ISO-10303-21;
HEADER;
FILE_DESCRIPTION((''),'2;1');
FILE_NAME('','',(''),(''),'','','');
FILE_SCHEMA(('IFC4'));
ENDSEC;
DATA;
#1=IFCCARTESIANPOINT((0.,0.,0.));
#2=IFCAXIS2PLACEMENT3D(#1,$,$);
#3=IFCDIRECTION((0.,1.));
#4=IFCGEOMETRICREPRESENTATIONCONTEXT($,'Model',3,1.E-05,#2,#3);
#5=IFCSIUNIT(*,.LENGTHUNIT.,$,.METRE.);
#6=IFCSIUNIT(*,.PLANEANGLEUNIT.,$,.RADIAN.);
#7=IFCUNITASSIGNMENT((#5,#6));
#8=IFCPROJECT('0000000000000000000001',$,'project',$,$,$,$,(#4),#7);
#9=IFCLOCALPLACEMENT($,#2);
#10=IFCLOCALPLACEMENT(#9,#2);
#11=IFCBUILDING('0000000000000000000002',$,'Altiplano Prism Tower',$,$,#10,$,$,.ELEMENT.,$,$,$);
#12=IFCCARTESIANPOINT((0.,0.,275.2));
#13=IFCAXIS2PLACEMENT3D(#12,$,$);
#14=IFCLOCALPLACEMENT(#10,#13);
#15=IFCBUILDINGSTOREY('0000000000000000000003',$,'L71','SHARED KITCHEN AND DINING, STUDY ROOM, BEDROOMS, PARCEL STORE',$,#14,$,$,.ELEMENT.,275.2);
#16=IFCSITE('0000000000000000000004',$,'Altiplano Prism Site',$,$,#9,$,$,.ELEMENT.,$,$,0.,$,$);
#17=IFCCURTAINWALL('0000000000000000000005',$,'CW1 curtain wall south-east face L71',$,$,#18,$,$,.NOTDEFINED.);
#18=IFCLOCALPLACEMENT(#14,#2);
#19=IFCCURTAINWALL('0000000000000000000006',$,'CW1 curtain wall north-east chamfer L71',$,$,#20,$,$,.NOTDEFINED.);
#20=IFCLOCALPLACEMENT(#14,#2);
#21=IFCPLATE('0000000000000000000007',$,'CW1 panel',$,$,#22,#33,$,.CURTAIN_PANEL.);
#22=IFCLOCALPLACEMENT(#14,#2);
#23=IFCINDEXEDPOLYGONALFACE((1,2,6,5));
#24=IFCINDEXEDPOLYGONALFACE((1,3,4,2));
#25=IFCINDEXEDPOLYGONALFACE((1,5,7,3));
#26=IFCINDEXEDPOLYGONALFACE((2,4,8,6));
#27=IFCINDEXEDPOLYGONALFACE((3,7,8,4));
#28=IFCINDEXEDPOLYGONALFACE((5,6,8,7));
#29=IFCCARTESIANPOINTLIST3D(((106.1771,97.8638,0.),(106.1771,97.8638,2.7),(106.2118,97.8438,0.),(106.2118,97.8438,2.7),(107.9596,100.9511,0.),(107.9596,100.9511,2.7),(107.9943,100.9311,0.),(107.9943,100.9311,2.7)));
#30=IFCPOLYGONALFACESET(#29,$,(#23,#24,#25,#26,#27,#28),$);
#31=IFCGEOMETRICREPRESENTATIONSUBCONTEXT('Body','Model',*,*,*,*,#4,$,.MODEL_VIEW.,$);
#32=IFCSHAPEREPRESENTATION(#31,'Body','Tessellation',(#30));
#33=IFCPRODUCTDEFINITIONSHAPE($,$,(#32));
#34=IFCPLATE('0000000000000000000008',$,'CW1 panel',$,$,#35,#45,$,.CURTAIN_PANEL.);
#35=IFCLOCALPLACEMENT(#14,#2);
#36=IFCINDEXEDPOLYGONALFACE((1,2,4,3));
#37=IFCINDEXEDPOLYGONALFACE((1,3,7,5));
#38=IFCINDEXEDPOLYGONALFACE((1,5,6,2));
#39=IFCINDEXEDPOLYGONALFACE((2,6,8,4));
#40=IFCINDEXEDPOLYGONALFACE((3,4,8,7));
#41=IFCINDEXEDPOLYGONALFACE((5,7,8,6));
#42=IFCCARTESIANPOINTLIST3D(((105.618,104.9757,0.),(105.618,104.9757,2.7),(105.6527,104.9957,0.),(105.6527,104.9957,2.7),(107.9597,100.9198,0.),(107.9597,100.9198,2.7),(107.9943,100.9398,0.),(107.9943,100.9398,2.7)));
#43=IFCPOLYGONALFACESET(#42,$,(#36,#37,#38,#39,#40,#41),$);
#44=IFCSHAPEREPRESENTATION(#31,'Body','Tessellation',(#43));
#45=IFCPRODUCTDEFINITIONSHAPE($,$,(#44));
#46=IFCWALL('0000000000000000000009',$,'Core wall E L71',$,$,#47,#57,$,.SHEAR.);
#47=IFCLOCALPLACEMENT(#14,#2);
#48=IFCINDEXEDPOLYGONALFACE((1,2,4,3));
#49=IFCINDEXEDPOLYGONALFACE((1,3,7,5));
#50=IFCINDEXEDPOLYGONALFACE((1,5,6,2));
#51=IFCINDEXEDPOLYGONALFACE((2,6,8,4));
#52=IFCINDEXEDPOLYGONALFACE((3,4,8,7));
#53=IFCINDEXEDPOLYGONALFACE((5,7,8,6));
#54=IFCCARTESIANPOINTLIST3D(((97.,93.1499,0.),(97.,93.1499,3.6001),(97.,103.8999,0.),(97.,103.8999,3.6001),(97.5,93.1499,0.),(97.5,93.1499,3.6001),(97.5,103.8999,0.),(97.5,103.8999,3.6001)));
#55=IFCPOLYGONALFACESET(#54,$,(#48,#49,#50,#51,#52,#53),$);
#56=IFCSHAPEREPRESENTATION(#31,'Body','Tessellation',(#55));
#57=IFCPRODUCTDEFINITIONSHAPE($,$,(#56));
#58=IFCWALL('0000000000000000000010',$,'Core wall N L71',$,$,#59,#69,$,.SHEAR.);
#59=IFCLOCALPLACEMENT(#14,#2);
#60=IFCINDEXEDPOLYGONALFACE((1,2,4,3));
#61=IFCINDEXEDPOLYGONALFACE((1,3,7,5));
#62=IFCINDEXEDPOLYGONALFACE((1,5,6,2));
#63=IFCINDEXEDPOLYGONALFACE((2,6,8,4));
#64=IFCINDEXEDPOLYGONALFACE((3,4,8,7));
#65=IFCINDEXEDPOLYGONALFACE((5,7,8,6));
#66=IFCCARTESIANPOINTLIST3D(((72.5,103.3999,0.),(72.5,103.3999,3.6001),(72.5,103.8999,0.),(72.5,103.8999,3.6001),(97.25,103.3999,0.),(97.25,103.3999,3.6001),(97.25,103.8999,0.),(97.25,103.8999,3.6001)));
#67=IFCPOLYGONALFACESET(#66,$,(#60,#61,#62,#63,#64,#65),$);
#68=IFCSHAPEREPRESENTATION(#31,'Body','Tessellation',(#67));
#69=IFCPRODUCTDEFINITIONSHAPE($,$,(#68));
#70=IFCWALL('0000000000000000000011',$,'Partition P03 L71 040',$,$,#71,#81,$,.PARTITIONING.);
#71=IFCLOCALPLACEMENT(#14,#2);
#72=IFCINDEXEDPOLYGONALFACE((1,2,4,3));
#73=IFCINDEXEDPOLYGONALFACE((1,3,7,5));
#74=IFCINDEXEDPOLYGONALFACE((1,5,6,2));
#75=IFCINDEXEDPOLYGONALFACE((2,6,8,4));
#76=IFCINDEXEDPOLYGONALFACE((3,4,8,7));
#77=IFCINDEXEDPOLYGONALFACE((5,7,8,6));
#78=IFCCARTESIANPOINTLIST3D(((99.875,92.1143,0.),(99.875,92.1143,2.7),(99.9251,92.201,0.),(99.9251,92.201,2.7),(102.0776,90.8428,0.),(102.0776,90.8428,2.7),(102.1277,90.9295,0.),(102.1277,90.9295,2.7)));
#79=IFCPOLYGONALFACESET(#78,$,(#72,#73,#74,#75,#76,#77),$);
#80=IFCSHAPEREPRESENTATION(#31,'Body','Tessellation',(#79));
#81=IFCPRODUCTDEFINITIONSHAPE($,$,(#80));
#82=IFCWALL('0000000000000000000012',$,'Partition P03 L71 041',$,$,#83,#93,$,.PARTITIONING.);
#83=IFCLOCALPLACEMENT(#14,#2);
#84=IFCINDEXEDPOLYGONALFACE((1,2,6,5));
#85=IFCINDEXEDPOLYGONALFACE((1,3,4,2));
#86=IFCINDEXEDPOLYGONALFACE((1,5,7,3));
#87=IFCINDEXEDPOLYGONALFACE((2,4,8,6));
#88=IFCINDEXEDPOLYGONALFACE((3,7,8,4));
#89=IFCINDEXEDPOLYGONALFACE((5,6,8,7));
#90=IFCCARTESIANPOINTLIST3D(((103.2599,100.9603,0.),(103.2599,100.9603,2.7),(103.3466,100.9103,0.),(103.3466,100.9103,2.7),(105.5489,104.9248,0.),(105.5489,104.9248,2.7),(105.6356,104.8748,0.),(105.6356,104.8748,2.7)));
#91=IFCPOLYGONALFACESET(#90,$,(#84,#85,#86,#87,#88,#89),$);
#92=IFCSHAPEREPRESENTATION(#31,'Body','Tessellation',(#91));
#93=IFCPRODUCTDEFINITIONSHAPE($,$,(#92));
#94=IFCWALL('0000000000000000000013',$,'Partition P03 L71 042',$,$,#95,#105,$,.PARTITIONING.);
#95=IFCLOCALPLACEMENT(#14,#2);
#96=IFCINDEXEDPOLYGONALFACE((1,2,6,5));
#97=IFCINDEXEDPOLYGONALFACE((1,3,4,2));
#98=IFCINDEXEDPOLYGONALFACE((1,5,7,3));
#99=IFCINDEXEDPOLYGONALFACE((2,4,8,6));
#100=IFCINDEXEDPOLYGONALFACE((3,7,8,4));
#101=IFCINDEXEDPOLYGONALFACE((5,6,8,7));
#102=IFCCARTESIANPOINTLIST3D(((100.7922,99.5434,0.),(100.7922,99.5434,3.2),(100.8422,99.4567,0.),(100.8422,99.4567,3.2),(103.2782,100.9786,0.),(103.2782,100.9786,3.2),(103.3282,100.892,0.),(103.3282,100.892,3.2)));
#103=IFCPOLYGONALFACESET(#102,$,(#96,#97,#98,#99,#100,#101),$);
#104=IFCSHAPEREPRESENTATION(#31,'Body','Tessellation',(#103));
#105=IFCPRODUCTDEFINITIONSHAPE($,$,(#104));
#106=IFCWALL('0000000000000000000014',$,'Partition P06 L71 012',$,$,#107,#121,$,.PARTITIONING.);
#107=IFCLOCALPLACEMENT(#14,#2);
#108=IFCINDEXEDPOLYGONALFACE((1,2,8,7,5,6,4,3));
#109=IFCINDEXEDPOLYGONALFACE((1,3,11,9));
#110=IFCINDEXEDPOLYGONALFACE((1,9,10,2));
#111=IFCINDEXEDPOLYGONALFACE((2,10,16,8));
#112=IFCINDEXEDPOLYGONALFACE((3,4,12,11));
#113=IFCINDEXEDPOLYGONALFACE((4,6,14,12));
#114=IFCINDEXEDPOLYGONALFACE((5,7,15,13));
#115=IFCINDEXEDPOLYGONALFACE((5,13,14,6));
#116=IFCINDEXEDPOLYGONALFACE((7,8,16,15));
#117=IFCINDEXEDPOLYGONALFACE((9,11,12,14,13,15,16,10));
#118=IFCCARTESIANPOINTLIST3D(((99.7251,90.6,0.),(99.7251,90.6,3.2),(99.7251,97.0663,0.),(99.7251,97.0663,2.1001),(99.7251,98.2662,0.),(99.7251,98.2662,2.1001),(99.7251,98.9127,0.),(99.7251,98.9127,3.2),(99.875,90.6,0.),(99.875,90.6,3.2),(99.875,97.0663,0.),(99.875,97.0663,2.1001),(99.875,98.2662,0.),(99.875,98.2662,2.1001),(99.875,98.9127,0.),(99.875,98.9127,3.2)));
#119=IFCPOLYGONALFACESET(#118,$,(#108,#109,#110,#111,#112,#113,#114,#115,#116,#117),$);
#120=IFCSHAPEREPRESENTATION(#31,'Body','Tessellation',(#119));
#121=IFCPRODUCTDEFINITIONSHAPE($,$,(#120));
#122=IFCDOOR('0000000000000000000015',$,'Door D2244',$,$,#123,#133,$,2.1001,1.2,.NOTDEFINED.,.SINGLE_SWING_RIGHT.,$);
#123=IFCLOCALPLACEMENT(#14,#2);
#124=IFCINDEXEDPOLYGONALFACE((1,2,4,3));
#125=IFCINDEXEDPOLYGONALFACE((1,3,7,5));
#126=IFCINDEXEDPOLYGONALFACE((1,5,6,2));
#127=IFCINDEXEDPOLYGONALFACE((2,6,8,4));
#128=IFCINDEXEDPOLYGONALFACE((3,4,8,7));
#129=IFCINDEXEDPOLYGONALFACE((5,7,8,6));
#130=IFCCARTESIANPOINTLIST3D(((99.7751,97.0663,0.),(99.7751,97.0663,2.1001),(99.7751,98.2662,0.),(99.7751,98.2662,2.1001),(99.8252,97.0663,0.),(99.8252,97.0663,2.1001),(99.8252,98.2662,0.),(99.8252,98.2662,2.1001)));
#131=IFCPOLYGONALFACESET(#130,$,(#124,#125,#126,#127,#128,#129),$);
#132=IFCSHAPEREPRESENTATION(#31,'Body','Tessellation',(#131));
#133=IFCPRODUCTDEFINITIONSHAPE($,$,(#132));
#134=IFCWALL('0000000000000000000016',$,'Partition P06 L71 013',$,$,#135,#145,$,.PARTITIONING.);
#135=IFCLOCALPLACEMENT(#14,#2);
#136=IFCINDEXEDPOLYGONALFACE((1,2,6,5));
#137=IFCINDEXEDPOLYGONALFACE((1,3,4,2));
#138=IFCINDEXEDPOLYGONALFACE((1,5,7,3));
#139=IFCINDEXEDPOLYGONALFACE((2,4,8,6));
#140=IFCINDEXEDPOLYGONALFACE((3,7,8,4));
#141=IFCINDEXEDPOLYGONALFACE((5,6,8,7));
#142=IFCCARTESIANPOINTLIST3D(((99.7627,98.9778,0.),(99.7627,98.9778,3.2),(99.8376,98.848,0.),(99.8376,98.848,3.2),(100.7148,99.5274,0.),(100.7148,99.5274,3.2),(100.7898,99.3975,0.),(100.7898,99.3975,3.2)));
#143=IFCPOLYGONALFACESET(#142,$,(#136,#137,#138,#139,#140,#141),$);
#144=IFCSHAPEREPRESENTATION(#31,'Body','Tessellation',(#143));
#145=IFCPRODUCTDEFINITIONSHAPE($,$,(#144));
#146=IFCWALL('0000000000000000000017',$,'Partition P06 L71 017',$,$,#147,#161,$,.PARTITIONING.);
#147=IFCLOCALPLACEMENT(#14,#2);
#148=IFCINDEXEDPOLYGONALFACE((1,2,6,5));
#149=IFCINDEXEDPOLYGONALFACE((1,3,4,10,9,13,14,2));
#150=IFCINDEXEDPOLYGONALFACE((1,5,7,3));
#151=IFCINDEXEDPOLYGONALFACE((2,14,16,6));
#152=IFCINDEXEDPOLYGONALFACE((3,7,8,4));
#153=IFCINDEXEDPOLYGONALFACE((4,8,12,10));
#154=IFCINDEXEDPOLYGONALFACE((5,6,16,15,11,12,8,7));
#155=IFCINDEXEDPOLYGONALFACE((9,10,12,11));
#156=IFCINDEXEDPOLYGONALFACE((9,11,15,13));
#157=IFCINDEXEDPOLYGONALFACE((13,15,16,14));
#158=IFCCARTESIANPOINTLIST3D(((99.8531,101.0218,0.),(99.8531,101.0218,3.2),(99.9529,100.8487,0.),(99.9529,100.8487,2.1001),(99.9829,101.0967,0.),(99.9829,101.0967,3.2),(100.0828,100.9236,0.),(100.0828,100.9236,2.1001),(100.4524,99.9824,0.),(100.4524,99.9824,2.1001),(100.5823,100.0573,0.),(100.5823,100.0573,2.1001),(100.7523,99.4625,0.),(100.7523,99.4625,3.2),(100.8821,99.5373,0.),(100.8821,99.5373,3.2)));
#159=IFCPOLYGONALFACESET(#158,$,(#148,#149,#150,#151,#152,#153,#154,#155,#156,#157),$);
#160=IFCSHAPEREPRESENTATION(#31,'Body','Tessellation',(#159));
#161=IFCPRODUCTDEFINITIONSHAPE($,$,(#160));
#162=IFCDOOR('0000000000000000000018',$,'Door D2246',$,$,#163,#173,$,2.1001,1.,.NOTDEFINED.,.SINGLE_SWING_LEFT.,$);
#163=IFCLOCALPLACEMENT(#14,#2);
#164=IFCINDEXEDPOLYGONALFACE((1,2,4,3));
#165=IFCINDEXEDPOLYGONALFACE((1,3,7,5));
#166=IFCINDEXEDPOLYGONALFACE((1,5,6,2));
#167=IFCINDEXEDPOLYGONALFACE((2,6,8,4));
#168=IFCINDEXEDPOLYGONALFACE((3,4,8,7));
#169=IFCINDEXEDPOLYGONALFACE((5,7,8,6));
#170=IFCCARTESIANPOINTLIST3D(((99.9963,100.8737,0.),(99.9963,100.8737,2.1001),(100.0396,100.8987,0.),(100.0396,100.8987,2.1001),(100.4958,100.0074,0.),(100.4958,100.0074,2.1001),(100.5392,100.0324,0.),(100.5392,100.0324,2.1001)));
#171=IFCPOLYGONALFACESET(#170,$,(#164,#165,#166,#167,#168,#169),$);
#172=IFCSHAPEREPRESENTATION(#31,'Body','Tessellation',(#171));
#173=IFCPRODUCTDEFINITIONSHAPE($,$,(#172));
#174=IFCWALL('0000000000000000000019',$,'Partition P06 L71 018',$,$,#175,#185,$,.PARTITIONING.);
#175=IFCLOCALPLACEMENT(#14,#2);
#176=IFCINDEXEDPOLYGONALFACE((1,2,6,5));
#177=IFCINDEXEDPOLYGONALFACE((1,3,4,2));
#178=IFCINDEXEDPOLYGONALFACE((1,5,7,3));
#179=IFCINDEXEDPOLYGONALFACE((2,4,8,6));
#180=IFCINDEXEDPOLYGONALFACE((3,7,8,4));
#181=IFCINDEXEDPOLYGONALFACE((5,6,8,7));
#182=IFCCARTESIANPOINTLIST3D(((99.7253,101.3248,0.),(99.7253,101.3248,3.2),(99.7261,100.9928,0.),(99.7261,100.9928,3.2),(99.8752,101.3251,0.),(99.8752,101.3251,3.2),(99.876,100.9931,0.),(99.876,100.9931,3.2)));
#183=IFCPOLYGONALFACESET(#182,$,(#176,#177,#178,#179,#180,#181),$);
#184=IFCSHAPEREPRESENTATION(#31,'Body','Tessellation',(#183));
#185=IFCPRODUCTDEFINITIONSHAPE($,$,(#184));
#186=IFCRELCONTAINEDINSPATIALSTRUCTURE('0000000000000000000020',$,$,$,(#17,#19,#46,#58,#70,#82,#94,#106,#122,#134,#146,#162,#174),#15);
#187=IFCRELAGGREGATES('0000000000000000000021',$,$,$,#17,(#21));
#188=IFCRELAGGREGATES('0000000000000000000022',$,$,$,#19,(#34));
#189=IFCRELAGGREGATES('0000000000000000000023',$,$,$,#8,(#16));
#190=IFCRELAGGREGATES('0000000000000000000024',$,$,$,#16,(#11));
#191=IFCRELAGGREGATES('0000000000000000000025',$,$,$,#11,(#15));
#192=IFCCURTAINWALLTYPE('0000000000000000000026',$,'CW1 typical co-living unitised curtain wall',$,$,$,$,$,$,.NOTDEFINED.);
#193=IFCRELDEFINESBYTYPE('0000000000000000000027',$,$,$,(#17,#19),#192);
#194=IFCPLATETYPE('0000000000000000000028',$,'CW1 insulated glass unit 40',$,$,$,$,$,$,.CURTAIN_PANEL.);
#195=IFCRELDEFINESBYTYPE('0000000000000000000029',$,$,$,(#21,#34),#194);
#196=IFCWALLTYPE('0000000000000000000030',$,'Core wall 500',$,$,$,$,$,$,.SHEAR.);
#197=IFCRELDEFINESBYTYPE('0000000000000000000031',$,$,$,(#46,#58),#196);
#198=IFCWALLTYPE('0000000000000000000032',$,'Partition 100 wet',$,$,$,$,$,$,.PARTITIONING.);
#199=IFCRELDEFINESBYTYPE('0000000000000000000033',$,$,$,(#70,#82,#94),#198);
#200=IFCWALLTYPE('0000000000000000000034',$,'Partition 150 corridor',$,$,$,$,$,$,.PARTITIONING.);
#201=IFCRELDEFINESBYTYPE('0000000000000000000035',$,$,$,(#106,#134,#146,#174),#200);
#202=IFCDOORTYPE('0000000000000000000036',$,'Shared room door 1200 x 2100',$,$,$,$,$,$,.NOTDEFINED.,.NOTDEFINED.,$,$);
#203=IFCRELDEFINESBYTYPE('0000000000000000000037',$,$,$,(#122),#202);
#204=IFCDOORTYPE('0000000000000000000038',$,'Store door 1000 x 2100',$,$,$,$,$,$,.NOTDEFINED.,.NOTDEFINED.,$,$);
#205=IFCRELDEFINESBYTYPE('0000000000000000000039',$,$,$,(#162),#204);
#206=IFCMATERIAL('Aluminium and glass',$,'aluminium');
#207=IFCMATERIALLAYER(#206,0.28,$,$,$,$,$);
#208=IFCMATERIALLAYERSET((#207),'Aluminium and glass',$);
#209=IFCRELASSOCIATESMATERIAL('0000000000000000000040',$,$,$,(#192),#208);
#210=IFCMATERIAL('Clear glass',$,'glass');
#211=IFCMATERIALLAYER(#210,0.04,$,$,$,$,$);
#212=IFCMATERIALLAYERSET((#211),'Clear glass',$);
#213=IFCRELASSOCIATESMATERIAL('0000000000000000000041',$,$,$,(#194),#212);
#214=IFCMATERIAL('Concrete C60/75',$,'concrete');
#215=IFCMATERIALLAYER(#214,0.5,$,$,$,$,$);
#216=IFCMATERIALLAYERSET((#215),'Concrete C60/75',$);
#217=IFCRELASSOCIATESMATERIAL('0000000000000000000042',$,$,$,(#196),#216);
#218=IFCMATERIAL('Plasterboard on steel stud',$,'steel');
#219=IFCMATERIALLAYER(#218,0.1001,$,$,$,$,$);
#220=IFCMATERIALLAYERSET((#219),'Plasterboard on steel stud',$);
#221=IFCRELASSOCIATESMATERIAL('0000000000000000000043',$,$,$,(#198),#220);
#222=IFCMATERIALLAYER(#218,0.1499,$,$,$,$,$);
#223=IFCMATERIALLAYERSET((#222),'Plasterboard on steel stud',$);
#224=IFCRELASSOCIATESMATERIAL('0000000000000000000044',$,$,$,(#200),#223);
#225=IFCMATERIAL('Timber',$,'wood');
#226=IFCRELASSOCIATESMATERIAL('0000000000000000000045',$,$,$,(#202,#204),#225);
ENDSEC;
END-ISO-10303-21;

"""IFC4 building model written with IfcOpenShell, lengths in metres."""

from ifc_helpers import new_model, si_unit, direction, frame, frame_2d, origin, origin_2d, place, context, subcontext, project, spatial, rectangle, extrude, material, layer, layer_set, type_object, element, fill, aggregate, save


model = new_model("IFC4")

# Units and contexts
model_context = context("Model", 3, precision=1e-05, world=origin(), true_north=direction((0.0, 1.0)))
body_context = subcontext(model_context, "Body", "Model", "MODEL_VIEW")
ifc_project = project(units=[si_unit("LENGTHUNIT", "METRE"), si_unit("PLANEANGLEUNIT", "RADIAN")], contexts=[model_context])

# Site, building, storey
site_placement = place(None, origin())
site = spatial("IfcSite", under=ifc_project, at=site_placement, Name="Altiplano Prism Site", CompositionType="ELEMENT", RefElevation=0.0)
building_placement = place(site_placement, origin())
building = spatial("IfcBuilding", under=site, at=building_placement, Name="Altiplano Prism Tower", CompositionType="ELEMENT")
storey_placement = place(building_placement, frame((0.0, 0.0, 275.2)))
storey = spatial("IfcBuildingStorey", under=building, at=storey_placement, Name="L71", Description="SHARED KITCHEN AND DINING, STUDY ROOM, BEDROOMS, PARCEL STORE", CompositionType="ELEMENT", Elevation=275.2)

# Shared definitions
ifc_material_1 = material(Name="Concrete C60/75", Category="concrete")

# Curtain wall
ifc_material_2 = material(Name="Aluminium and glass", Category="aluminium")
ifc_layer_1 = layer(ifc_material_2, 0.28)
ifc_layer_set_1 = layer_set([ifc_layer_1], Name="Aluminium and glass")
curtain_wall_type = type_object("IfcCurtainWallType", Name="CW1 typical co-living unitised curtain wall", PredefinedType="NOTDEFINED", material=ifc_layer_set_1)
curtain_wall_1_placement = place(storey_placement, origin())
curtain_wall_1 = element("IfcCurtainWall", 1, at=curtain_wall_1_placement, inside=storey, type_object=curtain_wall_type, Name="CW1 curtain wall south-east face L71", PredefinedType="NOTDEFINED")

# Curtain wall
curtain_wall_2_placement = place(storey_placement, origin())
curtain_wall_2 = element("IfcCurtainWall", 2, at=curtain_wall_2_placement, inside=storey, type_object=curtain_wall_type, Name="CW1 curtain wall north-east chamfer L71", PredefinedType="NOTDEFINED")

# Plates
ifc_material_3 = material(Name="Clear glass", Category="glass")
ifc_layer_2 = layer(ifc_material_3, 0.04)
ifc_layer_set_2 = layer_set([ifc_layer_2], Name="Clear glass")
plate_type = type_object("IfcPlateType", Name="CW1 insulated glass unit 40", PredefinedType="CURTAIN_PANEL", material=ifc_layer_set_2)
plate_1_placement = place(storey_placement, frame((107.0857, 99.3975, 0.0), z_axis=(0.0, 0.0, 1.0), x_axis=(0.5, 0.866025, 0.0)))
plate_1 = element("IfcPlate", 3, at=plate_1_placement, type_object=plate_type, Name="CW1 panel", PredefinedType="CURTAIN_PANEL", context=body_context, shape_type="SweptSolid", body=[
    extrude(rectangle(XDim=3.5649, YDim=0.04, at=origin_2d()), origin(), (0.0, 0.0, 1.0), 2.7),
])
aggregate(curtain_wall_1, [plate_1])
plate_2_placement = place(storey_placement, frame((106.8062, 102.9578, 0.0), z_axis=(0.0, 0.0, 1.0), x_axis=(-0.5, 0.866025, 0.0)))
plate_2 = element("IfcPlate", 4, at=plate_2_placement, type_object=plate_type, Name="CW1 panel", PredefinedType="CURTAIN_PANEL", context=body_context, shape_type="SweptSolid", body=[
    extrude(rectangle(XDim=4.6833, YDim=0.04, at=origin_2d()), origin(), (0.0, 0.0, 1.0), 2.7),
])
aggregate(curtain_wall_2, [plate_2])

# Walls
ifc_layer_3 = layer(ifc_material_1, 0.5)
ifc_layer_set_3 = layer_set([ifc_layer_3], Name="Concrete C60/75")
wall_type_1 = type_object("IfcWallType", Name="Core wall 500", PredefinedType="SHEAR", material=ifc_layer_set_3)
wall_1_placement = place(storey_placement, frame((97.25, 93.1499, 0.0), z_axis=(0.0, 0.0, 1.0), x_axis=(0.0, 1.0, 0.0)))
element("IfcWall", 5, at=wall_1_placement, inside=storey, type_object=wall_type_1, Name="Core wall E L71", PredefinedType="SHEAR", context=body_context, shape_type="SweptSolid", body=[
    extrude(rectangle(XDim=10.75, YDim=0.5, at=frame_2d((5.375, 0.0))), origin(), (0.0, 0.0, 1.0), 3.6001),
])
wall_2_placement = place(storey_placement, frame((97.25, 103.6499, 0.0), z_axis=(0.0, 0.0, 1.0), x_axis=(-1.0, 0.0, 0.0)))
element("IfcWall", 6, at=wall_2_placement, inside=storey, type_object=wall_type_1, Name="Core wall N L71", PredefinedType="SHEAR", context=body_context, shape_type="SweptSolid", body=[
    extrude(rectangle(XDim=24.75, YDim=0.5, at=frame_2d((12.375, 0.0))), origin(), (0.0, 0.0, 1.0), 3.6001),
])
ifc_material_4 = material(Name="Plasterboard on steel stud", Category="steel")
ifc_layer_4 = layer(ifc_material_4, 0.1001)
ifc_layer_set_4 = layer_set([ifc_layer_4], Name="Plasterboard on steel stud")
wall_type_2 = type_object("IfcWallType", Name="Partition 100 wet", PredefinedType="PARTITIONING", material=ifc_layer_set_4)
wall_3_placement = place(storey_placement, frame((102.1025, 90.8862, 0.0), z_axis=(0.0, 0.0, 1.0), x_axis=(-0.866061, 0.499939, 0.0)))
element("IfcWall", 7, at=wall_3_placement, inside=storey, type_object=wall_type_2, Name="Partition P03 L71 040", PredefinedType="PARTITIONING", context=body_context, shape_type="SweptSolid", body=[
    extrude(rectangle(XDim=2.5432, YDim=0.1001, at=frame_2d((1.2715, 0.0))), origin(), (0.0, 0.0, 1.0), 2.7),
])
wall_4_placement = place(storey_placement, frame((105.5923, 104.8999, 0.0), z_axis=(0.0, 0.0, 1.0), x_axis=(-0.500016, -0.866016, 0.0)))
element("IfcWall", 8, at=wall_4_placement, inside=storey, type_object=wall_type_2, Name="Partition P03 L71 041", PredefinedType="PARTITIONING", context=body_context, shape_type="SweptSolid", body=[
    extrude(rectangle(XDim=4.5779, YDim=0.1001, at=frame_2d((2.2891, 0.0))), origin(), (0.0, 0.0, 1.0), 2.7),
])
wall_5_placement = place(storey_placement, frame((103.3032, 100.9353, 0.0), z_axis=(0.0, 0.0, 1.0), x_axis=(-0.866031, -0.49999, 0.0)))
element("IfcWall", 9, at=wall_5_placement, inside=storey, type_object=wall_type_2, Name="Partition P03 L71 042", PredefinedType="PARTITIONING", context=body_context, shape_type="SweptSolid", body=[
    extrude(rectangle(XDim=2.8706, YDim=0.1001, at=frame_2d((1.4353, 0.0))), origin(), (0.0, 0.0, 1.0), 3.2),
])

# Wall, opening, door
ifc_layer_5 = layer(ifc_material_4, 0.1499)
ifc_layer_set_5 = layer_set([ifc_layer_5], Name="Plasterboard on steel stud")
wall_type_3 = type_object("IfcWallType", Name="Partition 150 corridor", PredefinedType="PARTITIONING", material=ifc_layer_set_5)
wall_6_placement = place(storey_placement, frame((99.8, 90.6001, 0.0), z_axis=(0.0, 0.0, 1.0), x_axis=(0.0, 1.0, 0.0)))
wall_6 = element("IfcWall", 10, at=wall_6_placement, inside=storey, type_object=wall_type_3, Name="Partition P06 L71 012", PredefinedType="PARTITIONING", context=body_context, shape_type="SweptSolid", body=[
    extrude(rectangle(XDim=8.3127, YDim=0.1499, at=frame_2d((4.1562, 0.0))), origin(), (0.0, 0.0, 1.0), 3.2),
])
opening_1_placement = place(wall_6_placement, frame((6.4661, 0.0, 0.0)))
opening_1 = element("IfcOpeningElement", 11, at=opening_1_placement, cuts=wall_6, PredefinedType="OPENING", context=body_context, shape_type="SweptSolid", body=[
    extrude(rectangle(XDim=1.2, YDim=2.1001, at=frame_2d((0.6001, 1.05))), frame((0.0, 0.0854, 0.0), z_axis=(0.0, -1.0, 0.0), x_axis=(1.0, 0.0, 0.0)), (0.0, 0.0, 1.0), 0.1709),
])
ifc_material_5 = material(Name="Timber", Category="wood")
door_type_1 = type_object("IfcDoorType", Name="Shared room door 1200 x 2100", OperationType="NOTDEFINED", PredefinedType="NOTDEFINED", material=ifc_material_5)
door_1_placement = place(opening_1_placement, origin())
door_1 = element("IfcDoor", 12, at=door_1_placement, inside=storey, type_object=door_type_1, Name="Door D2244", OperationType="SINGLE_SWING_RIGHT", OverallHeight=2.1001, OverallWidth=1.2, PredefinedType="NOTDEFINED", context=body_context, shape_type="SweptSolid", body=[
    extrude(rectangle(XDim=1.2, YDim=2.1001, at=frame_2d((0.6001, 1.05))), frame((0.0, 0.0249, 0.0), z_axis=(0.0, -1.0, 0.0), x_axis=(1.0, 0.0, 0.0)), (0.0, 0.0, 1.0), 0.05),
])
fill(opening_1, door_1)

# Wall
wall_7_placement = place(storey_placement, frame((99.8, 98.9128, 0.0), z_axis=(0.0, 0.0, 1.0), x_axis=(0.866089, 0.499889, 0.0)))
element("IfcWall", 13, at=wall_7_placement, inside=storey, type_object=wall_type_3, Name="Partition P06 L71 013", PredefinedType="PARTITIONING", context=body_context, shape_type="SweptSolid", body=[
    extrude(rectangle(XDim=1.0994, YDim=0.1499, at=frame_2d((0.5498, 0.0))), origin(), (0.0, 0.0, 1.0), 3.2),
])

# Wall, opening, door
wall_8_placement = place(storey_placement, frame((100.8171, 99.5, 0.0), z_axis=(0.0, 0.0, 1.0), x_axis=(-0.499538, 0.866292, 0.0)))
wall_8 = element("IfcWall", 14, at=wall_8_placement, inside=storey, type_object=wall_type_3, Name="Partition P06 L71 017", PredefinedType="PARTITIONING", context=body_context, shape_type="SweptSolid", body=[
    extrude(rectangle(XDim=1.8, YDim=0.1499, at=frame_2d((0.8999, 0.0))), origin(), (0.0, 0.0, 1.0), 3.2),
])
opening_2_placement = place(wall_8_placement, frame((0.6001, 0.0, 0.0)))
opening_2 = element("IfcOpeningElement", 15, at=opening_2_placement, cuts=wall_8, PredefinedType="OPENING", context=body_context, shape_type="SweptSolid", body=[
    extrude(rectangle(XDim=1.0, YDim=2.1001, at=frame_2d((0.5, 1.05))), frame((0.0, 0.0854, 0.0), z_axis=(0.0, -1.0, 0.0), x_axis=(1.0, 0.0, 0.0)), (0.0, 0.0, 1.0), 0.1709),
])
door_type_2 = type_object("IfcDoorType", Name="Store door 1000 x 2100", OperationType="NOTDEFINED", PredefinedType="NOTDEFINED", material=ifc_material_5)
door_2_placement = place(opening_2_placement, origin())
door_2 = element("IfcDoor", 16, at=door_2_placement, inside=storey, type_object=door_type_2, Name="Door D2246", OperationType="SINGLE_SWING_LEFT", OverallHeight=2.1001, OverallWidth=1.0, PredefinedType="NOTDEFINED", context=body_context, shape_type="SweptSolid", body=[
    extrude(rectangle(XDim=1.0, YDim=2.1001, at=frame_2d((0.5, 1.05))), frame((0.0, 0.0249, 0.0), z_axis=(0.0, -1.0, 0.0), x_axis=(1.0, 0.0, 0.0)), (0.0, 0.0, 1.0), 0.05),
])
fill(opening_2, door_2)

# Wall
wall_9_placement = place(storey_placement, frame((99.801, 100.9929, 0.0), z_axis=(0.0, 0.0, 1.0), x_axis=(-0.002206, 0.999998, 0.0)))
element("IfcWall", 17, at=wall_9_placement, inside=storey, type_object=wall_type_3, Name="Partition P06 L71 018", PredefinedType="PARTITIONING", context=body_context, shape_type="SweptSolid", body=[
    extrude(rectangle(XDim=0.332, YDim=0.1499, at=frame_2d((0.166, 0.0))), origin(), (0.0, 0.0, 1.0), 3.2),
])

save(model, "model.ifc")
